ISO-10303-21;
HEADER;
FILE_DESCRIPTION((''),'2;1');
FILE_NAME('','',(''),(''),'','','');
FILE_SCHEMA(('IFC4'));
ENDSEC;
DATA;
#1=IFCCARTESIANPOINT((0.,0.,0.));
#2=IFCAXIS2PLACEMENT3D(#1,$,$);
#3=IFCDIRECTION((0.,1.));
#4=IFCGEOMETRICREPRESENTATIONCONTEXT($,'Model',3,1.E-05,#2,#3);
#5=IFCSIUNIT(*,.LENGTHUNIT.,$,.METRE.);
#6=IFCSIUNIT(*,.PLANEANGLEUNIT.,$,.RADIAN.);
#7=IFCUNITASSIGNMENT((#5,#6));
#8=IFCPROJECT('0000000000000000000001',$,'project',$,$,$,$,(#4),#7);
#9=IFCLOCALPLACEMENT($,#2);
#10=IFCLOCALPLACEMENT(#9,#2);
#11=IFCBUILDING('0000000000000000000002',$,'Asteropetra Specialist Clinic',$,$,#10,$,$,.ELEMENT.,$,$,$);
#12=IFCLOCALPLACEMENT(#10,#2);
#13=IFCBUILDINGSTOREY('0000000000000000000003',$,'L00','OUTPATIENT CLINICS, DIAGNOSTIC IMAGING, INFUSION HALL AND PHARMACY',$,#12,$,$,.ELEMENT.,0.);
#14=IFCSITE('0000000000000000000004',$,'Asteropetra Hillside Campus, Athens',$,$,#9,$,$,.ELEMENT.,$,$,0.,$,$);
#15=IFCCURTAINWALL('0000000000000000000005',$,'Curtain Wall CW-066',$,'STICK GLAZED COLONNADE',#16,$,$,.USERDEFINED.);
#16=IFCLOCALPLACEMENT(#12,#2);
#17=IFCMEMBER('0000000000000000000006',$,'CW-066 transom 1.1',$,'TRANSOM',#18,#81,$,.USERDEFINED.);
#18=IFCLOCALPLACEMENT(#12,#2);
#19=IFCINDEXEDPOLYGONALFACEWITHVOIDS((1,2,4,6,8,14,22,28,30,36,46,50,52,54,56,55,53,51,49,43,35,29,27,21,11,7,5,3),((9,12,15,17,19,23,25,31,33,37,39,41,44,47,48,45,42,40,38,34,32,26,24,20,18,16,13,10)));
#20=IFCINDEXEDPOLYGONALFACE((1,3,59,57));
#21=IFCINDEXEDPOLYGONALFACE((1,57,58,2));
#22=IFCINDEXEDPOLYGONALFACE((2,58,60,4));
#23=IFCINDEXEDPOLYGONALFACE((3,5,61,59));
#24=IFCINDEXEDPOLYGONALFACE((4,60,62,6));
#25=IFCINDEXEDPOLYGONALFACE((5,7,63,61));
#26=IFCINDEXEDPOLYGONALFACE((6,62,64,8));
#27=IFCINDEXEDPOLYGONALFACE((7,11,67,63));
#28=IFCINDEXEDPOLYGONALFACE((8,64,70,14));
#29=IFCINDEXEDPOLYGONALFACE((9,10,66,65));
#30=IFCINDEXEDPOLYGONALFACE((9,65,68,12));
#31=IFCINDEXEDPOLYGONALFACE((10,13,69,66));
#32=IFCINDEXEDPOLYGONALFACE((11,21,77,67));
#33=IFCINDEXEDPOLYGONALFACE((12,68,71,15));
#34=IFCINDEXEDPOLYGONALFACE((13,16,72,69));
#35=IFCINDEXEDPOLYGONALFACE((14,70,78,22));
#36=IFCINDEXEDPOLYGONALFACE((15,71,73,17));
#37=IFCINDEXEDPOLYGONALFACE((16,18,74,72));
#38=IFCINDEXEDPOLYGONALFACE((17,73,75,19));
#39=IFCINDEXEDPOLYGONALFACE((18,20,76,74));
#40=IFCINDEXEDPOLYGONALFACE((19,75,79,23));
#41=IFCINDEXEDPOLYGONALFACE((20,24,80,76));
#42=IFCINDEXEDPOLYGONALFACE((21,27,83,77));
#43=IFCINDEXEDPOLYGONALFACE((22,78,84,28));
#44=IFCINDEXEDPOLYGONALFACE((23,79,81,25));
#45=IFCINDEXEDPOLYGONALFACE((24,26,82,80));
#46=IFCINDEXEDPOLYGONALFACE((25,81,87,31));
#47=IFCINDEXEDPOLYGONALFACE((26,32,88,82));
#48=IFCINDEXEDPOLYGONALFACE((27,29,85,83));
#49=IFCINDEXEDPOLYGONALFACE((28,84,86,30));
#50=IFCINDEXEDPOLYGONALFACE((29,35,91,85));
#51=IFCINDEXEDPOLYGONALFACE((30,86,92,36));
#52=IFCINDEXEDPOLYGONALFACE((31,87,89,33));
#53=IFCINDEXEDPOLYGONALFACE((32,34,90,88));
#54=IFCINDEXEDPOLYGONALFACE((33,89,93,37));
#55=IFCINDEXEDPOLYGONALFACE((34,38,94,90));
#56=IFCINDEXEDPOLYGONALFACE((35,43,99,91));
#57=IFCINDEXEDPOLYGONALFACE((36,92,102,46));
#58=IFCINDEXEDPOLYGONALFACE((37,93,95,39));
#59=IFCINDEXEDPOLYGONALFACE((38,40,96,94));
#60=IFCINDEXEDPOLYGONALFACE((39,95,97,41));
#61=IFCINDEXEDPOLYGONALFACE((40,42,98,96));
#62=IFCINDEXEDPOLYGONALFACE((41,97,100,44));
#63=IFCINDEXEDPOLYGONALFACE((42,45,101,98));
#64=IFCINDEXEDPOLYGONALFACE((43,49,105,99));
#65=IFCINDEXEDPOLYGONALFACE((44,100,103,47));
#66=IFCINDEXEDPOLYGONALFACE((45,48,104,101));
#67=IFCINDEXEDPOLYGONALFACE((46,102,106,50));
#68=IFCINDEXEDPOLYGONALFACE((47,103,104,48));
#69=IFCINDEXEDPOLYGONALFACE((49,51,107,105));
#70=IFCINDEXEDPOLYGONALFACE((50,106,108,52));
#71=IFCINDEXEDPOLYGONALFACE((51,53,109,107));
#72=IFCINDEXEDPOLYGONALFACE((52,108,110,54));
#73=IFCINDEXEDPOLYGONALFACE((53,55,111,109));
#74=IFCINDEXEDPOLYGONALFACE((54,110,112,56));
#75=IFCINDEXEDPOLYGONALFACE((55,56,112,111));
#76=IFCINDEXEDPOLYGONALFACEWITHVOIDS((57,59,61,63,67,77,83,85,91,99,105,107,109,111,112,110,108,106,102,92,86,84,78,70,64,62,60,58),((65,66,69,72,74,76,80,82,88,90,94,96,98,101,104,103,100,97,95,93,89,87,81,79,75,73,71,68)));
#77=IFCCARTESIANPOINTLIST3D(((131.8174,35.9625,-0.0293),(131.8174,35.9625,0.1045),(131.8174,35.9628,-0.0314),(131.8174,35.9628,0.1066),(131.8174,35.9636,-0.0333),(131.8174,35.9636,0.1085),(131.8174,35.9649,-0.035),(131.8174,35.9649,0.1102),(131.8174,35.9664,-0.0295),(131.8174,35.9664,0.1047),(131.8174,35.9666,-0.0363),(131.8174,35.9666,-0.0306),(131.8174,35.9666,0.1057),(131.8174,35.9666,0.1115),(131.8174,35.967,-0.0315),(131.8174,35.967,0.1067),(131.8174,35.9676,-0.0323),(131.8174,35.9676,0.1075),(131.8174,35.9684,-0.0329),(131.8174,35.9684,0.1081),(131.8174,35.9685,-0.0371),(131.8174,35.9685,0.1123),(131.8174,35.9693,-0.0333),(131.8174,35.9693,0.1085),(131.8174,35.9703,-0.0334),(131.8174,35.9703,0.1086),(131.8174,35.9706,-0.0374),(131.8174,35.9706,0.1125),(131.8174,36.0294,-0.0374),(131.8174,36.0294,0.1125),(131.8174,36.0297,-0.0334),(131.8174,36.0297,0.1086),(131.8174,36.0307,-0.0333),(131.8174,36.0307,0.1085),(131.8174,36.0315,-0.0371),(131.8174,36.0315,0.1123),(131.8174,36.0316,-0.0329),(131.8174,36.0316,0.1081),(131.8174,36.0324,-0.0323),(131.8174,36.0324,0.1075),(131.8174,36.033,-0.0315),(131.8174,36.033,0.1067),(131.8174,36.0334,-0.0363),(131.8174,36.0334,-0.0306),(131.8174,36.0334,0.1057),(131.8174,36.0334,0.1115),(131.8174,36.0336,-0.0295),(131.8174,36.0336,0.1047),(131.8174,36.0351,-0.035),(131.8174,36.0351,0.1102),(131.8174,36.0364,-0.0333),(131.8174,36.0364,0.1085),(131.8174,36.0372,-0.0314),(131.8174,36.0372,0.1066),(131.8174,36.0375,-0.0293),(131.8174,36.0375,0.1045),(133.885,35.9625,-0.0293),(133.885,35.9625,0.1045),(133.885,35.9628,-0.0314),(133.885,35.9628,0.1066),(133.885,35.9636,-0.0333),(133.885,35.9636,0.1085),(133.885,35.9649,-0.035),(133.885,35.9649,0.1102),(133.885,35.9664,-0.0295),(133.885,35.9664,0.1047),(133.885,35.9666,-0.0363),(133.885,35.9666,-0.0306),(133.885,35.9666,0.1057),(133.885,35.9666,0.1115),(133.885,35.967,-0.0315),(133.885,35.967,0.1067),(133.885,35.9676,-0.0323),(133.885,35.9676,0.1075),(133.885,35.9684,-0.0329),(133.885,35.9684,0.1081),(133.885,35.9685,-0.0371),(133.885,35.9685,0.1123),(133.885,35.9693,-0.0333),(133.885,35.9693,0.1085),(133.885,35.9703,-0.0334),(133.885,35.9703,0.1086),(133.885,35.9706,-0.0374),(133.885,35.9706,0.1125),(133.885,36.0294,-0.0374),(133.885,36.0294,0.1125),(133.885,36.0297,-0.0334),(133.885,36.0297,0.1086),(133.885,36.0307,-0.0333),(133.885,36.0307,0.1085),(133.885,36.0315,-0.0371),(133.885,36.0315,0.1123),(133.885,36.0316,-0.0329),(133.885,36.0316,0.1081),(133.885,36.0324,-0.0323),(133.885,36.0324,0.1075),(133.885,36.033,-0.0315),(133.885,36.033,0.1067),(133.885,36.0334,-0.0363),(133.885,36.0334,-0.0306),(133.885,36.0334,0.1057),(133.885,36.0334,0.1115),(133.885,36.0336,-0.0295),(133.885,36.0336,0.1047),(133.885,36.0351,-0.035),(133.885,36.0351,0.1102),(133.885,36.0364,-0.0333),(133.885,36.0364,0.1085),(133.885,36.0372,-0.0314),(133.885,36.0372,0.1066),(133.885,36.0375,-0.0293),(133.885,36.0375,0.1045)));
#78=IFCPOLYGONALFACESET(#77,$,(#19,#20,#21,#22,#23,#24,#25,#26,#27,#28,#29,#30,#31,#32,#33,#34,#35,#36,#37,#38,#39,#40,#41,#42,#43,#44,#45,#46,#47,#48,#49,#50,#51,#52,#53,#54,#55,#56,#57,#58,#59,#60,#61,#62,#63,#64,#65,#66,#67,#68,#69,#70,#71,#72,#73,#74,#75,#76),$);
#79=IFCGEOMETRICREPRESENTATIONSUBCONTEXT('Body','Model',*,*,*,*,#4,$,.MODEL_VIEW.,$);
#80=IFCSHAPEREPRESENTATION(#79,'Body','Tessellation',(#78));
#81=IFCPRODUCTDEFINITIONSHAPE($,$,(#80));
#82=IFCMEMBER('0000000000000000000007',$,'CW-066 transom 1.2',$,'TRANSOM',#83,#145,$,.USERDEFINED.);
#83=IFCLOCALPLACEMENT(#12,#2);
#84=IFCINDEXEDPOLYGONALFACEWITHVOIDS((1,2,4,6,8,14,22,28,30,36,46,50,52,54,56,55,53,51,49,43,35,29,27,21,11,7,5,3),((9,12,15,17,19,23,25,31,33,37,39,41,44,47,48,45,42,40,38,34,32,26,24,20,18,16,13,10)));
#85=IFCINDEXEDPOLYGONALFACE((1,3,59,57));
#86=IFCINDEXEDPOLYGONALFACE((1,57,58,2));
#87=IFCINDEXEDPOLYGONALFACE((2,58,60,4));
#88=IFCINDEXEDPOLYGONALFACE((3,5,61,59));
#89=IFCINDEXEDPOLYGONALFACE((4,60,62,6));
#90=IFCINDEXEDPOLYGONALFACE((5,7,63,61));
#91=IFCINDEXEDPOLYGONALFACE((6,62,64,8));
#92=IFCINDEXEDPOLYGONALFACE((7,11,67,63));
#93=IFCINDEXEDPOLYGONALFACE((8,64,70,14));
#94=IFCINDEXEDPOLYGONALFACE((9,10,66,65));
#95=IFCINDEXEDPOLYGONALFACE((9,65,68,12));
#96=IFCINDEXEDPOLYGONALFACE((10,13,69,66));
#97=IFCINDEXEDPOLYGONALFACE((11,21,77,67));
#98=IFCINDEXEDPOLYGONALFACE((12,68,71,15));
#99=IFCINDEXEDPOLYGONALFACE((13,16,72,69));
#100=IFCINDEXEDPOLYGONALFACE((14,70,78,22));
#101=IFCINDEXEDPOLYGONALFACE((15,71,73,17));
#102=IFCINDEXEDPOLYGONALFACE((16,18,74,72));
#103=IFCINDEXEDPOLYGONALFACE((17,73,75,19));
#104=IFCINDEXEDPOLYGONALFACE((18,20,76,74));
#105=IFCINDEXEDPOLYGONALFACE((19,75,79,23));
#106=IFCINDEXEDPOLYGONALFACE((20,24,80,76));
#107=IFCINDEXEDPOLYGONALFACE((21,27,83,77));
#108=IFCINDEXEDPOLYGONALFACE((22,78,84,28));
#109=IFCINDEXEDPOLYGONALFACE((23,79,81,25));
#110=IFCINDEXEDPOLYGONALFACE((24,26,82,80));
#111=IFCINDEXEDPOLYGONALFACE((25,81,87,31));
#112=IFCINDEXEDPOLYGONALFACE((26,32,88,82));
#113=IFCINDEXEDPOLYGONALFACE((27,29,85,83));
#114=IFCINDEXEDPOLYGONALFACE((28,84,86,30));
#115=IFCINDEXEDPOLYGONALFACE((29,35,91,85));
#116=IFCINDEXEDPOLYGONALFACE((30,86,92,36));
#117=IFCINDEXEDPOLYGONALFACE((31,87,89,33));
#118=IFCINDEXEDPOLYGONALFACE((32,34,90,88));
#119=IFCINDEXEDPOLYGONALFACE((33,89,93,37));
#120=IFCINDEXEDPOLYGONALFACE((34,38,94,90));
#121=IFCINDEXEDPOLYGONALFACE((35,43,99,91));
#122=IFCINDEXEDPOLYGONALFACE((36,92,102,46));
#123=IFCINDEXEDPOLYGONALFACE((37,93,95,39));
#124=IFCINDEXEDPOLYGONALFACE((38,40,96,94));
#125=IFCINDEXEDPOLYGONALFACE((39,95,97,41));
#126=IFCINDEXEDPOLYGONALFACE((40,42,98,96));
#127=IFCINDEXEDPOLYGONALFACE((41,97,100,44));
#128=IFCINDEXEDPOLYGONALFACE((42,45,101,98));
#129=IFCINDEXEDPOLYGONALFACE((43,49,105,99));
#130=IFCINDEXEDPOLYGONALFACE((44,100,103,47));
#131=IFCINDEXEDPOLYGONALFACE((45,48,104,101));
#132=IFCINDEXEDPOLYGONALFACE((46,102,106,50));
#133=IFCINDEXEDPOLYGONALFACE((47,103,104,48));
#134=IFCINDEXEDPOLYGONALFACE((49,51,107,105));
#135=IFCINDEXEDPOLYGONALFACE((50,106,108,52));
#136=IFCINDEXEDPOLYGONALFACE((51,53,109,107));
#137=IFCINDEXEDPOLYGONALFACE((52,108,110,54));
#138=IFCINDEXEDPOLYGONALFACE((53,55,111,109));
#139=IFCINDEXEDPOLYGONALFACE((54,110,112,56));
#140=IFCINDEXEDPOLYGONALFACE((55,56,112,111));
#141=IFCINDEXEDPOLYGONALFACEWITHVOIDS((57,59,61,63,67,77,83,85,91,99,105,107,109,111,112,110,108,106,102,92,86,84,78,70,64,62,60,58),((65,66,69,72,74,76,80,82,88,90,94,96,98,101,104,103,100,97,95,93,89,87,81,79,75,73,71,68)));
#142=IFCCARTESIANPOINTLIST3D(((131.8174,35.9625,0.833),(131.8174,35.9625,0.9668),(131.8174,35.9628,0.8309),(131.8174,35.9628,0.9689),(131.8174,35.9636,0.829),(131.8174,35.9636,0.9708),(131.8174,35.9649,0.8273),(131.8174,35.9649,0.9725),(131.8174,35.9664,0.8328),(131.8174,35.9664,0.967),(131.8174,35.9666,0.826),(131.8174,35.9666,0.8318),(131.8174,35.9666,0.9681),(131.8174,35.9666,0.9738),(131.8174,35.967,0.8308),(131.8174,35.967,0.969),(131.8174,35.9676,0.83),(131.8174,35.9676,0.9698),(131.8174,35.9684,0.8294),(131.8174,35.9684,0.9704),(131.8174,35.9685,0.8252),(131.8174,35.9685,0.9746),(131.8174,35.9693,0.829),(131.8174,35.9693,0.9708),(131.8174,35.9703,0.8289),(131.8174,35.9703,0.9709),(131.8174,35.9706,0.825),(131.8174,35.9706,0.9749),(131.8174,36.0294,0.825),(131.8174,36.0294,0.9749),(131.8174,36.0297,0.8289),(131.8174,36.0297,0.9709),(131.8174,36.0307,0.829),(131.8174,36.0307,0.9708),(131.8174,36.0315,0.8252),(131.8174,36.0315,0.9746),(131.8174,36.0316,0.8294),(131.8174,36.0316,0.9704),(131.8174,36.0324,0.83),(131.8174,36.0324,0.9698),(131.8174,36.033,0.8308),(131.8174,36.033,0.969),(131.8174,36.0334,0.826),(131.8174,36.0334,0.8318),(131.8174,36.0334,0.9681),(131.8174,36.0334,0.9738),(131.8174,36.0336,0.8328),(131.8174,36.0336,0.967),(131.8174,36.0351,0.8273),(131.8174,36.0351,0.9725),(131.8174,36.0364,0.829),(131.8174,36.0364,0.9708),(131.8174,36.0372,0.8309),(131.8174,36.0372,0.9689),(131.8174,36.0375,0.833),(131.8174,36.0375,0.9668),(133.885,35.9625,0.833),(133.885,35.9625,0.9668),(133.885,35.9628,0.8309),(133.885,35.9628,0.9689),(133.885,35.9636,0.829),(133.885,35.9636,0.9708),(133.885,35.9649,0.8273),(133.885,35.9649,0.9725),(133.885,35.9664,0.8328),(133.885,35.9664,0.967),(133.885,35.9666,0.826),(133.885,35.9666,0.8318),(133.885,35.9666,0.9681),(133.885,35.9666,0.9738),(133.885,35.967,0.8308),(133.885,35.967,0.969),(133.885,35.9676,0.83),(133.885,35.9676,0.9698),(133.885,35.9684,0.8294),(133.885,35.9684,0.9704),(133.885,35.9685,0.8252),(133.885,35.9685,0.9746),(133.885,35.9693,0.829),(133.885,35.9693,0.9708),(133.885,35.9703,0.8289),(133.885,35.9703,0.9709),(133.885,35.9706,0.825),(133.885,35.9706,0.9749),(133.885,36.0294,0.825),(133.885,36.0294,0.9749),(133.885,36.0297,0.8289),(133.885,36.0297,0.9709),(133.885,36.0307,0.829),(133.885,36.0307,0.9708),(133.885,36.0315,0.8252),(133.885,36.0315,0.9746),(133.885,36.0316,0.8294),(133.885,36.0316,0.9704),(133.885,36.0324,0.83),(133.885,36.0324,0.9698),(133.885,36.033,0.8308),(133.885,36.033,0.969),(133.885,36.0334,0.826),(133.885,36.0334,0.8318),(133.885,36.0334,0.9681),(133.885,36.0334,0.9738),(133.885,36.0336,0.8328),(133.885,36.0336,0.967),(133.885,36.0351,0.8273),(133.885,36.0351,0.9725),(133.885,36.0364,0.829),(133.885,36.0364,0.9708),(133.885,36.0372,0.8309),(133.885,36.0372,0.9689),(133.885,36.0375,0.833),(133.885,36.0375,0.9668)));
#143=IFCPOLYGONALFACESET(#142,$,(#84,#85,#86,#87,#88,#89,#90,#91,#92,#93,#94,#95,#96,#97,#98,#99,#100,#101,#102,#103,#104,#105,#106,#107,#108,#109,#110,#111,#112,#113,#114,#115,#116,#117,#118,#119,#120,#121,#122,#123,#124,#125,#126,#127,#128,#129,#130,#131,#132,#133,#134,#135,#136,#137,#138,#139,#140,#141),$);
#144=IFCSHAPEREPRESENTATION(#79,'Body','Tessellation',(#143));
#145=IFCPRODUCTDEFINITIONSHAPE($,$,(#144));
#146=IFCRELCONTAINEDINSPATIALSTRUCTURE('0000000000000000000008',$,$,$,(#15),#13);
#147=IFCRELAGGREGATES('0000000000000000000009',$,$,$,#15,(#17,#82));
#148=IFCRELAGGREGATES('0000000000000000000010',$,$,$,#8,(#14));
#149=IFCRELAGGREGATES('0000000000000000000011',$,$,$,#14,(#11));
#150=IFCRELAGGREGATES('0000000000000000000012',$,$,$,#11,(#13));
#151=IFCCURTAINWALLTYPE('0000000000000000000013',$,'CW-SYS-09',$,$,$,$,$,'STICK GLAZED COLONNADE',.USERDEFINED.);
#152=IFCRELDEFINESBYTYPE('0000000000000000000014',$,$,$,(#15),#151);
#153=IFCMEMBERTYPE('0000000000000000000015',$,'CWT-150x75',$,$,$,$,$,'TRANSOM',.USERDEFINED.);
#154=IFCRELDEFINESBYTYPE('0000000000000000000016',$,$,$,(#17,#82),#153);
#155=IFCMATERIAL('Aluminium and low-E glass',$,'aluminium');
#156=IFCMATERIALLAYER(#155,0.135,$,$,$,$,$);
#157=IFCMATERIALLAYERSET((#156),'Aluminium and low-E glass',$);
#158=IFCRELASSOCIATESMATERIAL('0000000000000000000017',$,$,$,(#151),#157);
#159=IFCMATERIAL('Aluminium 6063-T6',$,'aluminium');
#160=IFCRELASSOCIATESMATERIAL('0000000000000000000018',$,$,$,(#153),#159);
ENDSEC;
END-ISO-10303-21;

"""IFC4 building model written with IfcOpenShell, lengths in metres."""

from ifc_helpers import new_model, si_unit, direction, frame, origin, origin_2d, place, context, subcontext, project, spatial, hollow_rectangle, extrude, material, layer, layer_set, material_profile, profile_set, type_object, element, aggregate, save


model = new_model("IFC4")

# Units and contexts
model_context = context("Model", 3, precision=1e-05, world=origin(), true_north=direction((0.0, 1.0)))
body_context = subcontext(model_context, "Body", "Model", "MODEL_VIEW")
ifc_project = project(units=[si_unit("LENGTHUNIT", "METRE"), si_unit("PLANEANGLEUNIT", "RADIAN")], contexts=[model_context])

# Site, building, storey
site_placement = place(None, origin())
site = spatial("IfcSite", under=ifc_project, at=site_placement, Name="Asteropetra Hillside Campus, Athens", CompositionType="ELEMENT", RefElevation=0.0)
building_placement = place(site_placement, origin())
building = spatial("IfcBuilding", under=site, at=building_placement, Name="Asteropetra Specialist Clinic", CompositionType="ELEMENT")
storey_placement = place(building_placement, origin())
storey = spatial("IfcBuildingStorey", under=building, at=storey_placement, Name="L00", Description="OUTPATIENT CLINICS, DIAGNOSTIC IMAGING, INFUSION HALL AND PHARMACY", CompositionType="ELEMENT", Elevation=0.0)

# Curtain wall, members
ifc_material_1 = material(Name="Aluminium and low-E glass", Category="aluminium")
ifc_layer_1 = layer(ifc_material_1, 0.135)
ifc_layer_set_1 = layer_set([ifc_layer_1], Name="Aluminium and low-E glass")
curtain_wall_type = type_object("IfcCurtainWallType", Name="CW-SYS-09", ElementType="STICK GLAZED COLONNADE", PredefinedType="USERDEFINED", material=ifc_layer_set_1)
curtain_wall_placement = place(storey_placement, origin())
curtain_wall = element("IfcCurtainWall", 1, at=curtain_wall_placement, inside=storey, type_object=curtain_wall_type, Name="Curtain Wall CW-066", ObjectType="STICK GLAZED COLONNADE", PredefinedType="USERDEFINED")
ifc_material_2 = material(Name="Aluminium 6063-T6", Category="aluminium")
ifc_material_profile_1 = material_profile(ifc_material_2, hollow_rectangle(XDim=0.075, YDim=0.1499, WallThickness=0.0039, InnerFilletRadius=0.0039, OuterFilletRadius=0.0081, at=origin_2d()), Name="TRN 150x75x4.0")
ifc_profile_set_1 = profile_set([ifc_material_profile_1], Name="Aluminium 6063-T6")
member_type_1 = type_object("IfcMemberType", Name="CWT-150x75", ElementType="TRANSOM", PredefinedType="USERDEFINED", material=ifc_profile_set_1)
member_1_placement = place(storey_placement, frame((133.885, 36.0, 0.0376), z_axis=(-1.0, 0.0, 0.0), x_axis=(0.0, -1.0, 0.0)))
member_1 = element("IfcMember", 2, at=member_1_placement, type_object=member_type_1, Name="CW-066 transom 1.1", ObjectType="TRANSOM", PredefinedType="USERDEFINED", context=body_context, shape_type="SweptSolid", body=[
    extrude(hollow_rectangle(XDim=0.075, YDim=0.1499, WallThickness=0.0039, InnerFilletRadius=0.0039, OuterFilletRadius=0.0081, at=origin_2d()), origin(), (0.0, 0.0, 1.0), 2.0676),
])
member_2_placement = place(storey_placement, frame((133.885, 36.0, 0.8999), z_axis=(-1.0, 0.0, 0.0), x_axis=(0.0, -1.0, 0.0)))
member_2 = element("IfcMember", 3, at=member_2_placement, type_object=member_type_1, Name="CW-066 transom 1.2", ObjectType="TRANSOM", PredefinedType="USERDEFINED", context=body_context, shape_type="SweptSolid", body=[
    extrude(hollow_rectangle(XDim=0.075, YDim=0.1499, WallThickness=0.0039, InnerFilletRadius=0.0039, OuterFilletRadius=0.0081, at=origin_2d()), origin(), (0.0, 0.0, 1.0), 2.0676),
])
aggregate(curtain_wall, [member_1, member_2])

save(model, "model.ifc")
